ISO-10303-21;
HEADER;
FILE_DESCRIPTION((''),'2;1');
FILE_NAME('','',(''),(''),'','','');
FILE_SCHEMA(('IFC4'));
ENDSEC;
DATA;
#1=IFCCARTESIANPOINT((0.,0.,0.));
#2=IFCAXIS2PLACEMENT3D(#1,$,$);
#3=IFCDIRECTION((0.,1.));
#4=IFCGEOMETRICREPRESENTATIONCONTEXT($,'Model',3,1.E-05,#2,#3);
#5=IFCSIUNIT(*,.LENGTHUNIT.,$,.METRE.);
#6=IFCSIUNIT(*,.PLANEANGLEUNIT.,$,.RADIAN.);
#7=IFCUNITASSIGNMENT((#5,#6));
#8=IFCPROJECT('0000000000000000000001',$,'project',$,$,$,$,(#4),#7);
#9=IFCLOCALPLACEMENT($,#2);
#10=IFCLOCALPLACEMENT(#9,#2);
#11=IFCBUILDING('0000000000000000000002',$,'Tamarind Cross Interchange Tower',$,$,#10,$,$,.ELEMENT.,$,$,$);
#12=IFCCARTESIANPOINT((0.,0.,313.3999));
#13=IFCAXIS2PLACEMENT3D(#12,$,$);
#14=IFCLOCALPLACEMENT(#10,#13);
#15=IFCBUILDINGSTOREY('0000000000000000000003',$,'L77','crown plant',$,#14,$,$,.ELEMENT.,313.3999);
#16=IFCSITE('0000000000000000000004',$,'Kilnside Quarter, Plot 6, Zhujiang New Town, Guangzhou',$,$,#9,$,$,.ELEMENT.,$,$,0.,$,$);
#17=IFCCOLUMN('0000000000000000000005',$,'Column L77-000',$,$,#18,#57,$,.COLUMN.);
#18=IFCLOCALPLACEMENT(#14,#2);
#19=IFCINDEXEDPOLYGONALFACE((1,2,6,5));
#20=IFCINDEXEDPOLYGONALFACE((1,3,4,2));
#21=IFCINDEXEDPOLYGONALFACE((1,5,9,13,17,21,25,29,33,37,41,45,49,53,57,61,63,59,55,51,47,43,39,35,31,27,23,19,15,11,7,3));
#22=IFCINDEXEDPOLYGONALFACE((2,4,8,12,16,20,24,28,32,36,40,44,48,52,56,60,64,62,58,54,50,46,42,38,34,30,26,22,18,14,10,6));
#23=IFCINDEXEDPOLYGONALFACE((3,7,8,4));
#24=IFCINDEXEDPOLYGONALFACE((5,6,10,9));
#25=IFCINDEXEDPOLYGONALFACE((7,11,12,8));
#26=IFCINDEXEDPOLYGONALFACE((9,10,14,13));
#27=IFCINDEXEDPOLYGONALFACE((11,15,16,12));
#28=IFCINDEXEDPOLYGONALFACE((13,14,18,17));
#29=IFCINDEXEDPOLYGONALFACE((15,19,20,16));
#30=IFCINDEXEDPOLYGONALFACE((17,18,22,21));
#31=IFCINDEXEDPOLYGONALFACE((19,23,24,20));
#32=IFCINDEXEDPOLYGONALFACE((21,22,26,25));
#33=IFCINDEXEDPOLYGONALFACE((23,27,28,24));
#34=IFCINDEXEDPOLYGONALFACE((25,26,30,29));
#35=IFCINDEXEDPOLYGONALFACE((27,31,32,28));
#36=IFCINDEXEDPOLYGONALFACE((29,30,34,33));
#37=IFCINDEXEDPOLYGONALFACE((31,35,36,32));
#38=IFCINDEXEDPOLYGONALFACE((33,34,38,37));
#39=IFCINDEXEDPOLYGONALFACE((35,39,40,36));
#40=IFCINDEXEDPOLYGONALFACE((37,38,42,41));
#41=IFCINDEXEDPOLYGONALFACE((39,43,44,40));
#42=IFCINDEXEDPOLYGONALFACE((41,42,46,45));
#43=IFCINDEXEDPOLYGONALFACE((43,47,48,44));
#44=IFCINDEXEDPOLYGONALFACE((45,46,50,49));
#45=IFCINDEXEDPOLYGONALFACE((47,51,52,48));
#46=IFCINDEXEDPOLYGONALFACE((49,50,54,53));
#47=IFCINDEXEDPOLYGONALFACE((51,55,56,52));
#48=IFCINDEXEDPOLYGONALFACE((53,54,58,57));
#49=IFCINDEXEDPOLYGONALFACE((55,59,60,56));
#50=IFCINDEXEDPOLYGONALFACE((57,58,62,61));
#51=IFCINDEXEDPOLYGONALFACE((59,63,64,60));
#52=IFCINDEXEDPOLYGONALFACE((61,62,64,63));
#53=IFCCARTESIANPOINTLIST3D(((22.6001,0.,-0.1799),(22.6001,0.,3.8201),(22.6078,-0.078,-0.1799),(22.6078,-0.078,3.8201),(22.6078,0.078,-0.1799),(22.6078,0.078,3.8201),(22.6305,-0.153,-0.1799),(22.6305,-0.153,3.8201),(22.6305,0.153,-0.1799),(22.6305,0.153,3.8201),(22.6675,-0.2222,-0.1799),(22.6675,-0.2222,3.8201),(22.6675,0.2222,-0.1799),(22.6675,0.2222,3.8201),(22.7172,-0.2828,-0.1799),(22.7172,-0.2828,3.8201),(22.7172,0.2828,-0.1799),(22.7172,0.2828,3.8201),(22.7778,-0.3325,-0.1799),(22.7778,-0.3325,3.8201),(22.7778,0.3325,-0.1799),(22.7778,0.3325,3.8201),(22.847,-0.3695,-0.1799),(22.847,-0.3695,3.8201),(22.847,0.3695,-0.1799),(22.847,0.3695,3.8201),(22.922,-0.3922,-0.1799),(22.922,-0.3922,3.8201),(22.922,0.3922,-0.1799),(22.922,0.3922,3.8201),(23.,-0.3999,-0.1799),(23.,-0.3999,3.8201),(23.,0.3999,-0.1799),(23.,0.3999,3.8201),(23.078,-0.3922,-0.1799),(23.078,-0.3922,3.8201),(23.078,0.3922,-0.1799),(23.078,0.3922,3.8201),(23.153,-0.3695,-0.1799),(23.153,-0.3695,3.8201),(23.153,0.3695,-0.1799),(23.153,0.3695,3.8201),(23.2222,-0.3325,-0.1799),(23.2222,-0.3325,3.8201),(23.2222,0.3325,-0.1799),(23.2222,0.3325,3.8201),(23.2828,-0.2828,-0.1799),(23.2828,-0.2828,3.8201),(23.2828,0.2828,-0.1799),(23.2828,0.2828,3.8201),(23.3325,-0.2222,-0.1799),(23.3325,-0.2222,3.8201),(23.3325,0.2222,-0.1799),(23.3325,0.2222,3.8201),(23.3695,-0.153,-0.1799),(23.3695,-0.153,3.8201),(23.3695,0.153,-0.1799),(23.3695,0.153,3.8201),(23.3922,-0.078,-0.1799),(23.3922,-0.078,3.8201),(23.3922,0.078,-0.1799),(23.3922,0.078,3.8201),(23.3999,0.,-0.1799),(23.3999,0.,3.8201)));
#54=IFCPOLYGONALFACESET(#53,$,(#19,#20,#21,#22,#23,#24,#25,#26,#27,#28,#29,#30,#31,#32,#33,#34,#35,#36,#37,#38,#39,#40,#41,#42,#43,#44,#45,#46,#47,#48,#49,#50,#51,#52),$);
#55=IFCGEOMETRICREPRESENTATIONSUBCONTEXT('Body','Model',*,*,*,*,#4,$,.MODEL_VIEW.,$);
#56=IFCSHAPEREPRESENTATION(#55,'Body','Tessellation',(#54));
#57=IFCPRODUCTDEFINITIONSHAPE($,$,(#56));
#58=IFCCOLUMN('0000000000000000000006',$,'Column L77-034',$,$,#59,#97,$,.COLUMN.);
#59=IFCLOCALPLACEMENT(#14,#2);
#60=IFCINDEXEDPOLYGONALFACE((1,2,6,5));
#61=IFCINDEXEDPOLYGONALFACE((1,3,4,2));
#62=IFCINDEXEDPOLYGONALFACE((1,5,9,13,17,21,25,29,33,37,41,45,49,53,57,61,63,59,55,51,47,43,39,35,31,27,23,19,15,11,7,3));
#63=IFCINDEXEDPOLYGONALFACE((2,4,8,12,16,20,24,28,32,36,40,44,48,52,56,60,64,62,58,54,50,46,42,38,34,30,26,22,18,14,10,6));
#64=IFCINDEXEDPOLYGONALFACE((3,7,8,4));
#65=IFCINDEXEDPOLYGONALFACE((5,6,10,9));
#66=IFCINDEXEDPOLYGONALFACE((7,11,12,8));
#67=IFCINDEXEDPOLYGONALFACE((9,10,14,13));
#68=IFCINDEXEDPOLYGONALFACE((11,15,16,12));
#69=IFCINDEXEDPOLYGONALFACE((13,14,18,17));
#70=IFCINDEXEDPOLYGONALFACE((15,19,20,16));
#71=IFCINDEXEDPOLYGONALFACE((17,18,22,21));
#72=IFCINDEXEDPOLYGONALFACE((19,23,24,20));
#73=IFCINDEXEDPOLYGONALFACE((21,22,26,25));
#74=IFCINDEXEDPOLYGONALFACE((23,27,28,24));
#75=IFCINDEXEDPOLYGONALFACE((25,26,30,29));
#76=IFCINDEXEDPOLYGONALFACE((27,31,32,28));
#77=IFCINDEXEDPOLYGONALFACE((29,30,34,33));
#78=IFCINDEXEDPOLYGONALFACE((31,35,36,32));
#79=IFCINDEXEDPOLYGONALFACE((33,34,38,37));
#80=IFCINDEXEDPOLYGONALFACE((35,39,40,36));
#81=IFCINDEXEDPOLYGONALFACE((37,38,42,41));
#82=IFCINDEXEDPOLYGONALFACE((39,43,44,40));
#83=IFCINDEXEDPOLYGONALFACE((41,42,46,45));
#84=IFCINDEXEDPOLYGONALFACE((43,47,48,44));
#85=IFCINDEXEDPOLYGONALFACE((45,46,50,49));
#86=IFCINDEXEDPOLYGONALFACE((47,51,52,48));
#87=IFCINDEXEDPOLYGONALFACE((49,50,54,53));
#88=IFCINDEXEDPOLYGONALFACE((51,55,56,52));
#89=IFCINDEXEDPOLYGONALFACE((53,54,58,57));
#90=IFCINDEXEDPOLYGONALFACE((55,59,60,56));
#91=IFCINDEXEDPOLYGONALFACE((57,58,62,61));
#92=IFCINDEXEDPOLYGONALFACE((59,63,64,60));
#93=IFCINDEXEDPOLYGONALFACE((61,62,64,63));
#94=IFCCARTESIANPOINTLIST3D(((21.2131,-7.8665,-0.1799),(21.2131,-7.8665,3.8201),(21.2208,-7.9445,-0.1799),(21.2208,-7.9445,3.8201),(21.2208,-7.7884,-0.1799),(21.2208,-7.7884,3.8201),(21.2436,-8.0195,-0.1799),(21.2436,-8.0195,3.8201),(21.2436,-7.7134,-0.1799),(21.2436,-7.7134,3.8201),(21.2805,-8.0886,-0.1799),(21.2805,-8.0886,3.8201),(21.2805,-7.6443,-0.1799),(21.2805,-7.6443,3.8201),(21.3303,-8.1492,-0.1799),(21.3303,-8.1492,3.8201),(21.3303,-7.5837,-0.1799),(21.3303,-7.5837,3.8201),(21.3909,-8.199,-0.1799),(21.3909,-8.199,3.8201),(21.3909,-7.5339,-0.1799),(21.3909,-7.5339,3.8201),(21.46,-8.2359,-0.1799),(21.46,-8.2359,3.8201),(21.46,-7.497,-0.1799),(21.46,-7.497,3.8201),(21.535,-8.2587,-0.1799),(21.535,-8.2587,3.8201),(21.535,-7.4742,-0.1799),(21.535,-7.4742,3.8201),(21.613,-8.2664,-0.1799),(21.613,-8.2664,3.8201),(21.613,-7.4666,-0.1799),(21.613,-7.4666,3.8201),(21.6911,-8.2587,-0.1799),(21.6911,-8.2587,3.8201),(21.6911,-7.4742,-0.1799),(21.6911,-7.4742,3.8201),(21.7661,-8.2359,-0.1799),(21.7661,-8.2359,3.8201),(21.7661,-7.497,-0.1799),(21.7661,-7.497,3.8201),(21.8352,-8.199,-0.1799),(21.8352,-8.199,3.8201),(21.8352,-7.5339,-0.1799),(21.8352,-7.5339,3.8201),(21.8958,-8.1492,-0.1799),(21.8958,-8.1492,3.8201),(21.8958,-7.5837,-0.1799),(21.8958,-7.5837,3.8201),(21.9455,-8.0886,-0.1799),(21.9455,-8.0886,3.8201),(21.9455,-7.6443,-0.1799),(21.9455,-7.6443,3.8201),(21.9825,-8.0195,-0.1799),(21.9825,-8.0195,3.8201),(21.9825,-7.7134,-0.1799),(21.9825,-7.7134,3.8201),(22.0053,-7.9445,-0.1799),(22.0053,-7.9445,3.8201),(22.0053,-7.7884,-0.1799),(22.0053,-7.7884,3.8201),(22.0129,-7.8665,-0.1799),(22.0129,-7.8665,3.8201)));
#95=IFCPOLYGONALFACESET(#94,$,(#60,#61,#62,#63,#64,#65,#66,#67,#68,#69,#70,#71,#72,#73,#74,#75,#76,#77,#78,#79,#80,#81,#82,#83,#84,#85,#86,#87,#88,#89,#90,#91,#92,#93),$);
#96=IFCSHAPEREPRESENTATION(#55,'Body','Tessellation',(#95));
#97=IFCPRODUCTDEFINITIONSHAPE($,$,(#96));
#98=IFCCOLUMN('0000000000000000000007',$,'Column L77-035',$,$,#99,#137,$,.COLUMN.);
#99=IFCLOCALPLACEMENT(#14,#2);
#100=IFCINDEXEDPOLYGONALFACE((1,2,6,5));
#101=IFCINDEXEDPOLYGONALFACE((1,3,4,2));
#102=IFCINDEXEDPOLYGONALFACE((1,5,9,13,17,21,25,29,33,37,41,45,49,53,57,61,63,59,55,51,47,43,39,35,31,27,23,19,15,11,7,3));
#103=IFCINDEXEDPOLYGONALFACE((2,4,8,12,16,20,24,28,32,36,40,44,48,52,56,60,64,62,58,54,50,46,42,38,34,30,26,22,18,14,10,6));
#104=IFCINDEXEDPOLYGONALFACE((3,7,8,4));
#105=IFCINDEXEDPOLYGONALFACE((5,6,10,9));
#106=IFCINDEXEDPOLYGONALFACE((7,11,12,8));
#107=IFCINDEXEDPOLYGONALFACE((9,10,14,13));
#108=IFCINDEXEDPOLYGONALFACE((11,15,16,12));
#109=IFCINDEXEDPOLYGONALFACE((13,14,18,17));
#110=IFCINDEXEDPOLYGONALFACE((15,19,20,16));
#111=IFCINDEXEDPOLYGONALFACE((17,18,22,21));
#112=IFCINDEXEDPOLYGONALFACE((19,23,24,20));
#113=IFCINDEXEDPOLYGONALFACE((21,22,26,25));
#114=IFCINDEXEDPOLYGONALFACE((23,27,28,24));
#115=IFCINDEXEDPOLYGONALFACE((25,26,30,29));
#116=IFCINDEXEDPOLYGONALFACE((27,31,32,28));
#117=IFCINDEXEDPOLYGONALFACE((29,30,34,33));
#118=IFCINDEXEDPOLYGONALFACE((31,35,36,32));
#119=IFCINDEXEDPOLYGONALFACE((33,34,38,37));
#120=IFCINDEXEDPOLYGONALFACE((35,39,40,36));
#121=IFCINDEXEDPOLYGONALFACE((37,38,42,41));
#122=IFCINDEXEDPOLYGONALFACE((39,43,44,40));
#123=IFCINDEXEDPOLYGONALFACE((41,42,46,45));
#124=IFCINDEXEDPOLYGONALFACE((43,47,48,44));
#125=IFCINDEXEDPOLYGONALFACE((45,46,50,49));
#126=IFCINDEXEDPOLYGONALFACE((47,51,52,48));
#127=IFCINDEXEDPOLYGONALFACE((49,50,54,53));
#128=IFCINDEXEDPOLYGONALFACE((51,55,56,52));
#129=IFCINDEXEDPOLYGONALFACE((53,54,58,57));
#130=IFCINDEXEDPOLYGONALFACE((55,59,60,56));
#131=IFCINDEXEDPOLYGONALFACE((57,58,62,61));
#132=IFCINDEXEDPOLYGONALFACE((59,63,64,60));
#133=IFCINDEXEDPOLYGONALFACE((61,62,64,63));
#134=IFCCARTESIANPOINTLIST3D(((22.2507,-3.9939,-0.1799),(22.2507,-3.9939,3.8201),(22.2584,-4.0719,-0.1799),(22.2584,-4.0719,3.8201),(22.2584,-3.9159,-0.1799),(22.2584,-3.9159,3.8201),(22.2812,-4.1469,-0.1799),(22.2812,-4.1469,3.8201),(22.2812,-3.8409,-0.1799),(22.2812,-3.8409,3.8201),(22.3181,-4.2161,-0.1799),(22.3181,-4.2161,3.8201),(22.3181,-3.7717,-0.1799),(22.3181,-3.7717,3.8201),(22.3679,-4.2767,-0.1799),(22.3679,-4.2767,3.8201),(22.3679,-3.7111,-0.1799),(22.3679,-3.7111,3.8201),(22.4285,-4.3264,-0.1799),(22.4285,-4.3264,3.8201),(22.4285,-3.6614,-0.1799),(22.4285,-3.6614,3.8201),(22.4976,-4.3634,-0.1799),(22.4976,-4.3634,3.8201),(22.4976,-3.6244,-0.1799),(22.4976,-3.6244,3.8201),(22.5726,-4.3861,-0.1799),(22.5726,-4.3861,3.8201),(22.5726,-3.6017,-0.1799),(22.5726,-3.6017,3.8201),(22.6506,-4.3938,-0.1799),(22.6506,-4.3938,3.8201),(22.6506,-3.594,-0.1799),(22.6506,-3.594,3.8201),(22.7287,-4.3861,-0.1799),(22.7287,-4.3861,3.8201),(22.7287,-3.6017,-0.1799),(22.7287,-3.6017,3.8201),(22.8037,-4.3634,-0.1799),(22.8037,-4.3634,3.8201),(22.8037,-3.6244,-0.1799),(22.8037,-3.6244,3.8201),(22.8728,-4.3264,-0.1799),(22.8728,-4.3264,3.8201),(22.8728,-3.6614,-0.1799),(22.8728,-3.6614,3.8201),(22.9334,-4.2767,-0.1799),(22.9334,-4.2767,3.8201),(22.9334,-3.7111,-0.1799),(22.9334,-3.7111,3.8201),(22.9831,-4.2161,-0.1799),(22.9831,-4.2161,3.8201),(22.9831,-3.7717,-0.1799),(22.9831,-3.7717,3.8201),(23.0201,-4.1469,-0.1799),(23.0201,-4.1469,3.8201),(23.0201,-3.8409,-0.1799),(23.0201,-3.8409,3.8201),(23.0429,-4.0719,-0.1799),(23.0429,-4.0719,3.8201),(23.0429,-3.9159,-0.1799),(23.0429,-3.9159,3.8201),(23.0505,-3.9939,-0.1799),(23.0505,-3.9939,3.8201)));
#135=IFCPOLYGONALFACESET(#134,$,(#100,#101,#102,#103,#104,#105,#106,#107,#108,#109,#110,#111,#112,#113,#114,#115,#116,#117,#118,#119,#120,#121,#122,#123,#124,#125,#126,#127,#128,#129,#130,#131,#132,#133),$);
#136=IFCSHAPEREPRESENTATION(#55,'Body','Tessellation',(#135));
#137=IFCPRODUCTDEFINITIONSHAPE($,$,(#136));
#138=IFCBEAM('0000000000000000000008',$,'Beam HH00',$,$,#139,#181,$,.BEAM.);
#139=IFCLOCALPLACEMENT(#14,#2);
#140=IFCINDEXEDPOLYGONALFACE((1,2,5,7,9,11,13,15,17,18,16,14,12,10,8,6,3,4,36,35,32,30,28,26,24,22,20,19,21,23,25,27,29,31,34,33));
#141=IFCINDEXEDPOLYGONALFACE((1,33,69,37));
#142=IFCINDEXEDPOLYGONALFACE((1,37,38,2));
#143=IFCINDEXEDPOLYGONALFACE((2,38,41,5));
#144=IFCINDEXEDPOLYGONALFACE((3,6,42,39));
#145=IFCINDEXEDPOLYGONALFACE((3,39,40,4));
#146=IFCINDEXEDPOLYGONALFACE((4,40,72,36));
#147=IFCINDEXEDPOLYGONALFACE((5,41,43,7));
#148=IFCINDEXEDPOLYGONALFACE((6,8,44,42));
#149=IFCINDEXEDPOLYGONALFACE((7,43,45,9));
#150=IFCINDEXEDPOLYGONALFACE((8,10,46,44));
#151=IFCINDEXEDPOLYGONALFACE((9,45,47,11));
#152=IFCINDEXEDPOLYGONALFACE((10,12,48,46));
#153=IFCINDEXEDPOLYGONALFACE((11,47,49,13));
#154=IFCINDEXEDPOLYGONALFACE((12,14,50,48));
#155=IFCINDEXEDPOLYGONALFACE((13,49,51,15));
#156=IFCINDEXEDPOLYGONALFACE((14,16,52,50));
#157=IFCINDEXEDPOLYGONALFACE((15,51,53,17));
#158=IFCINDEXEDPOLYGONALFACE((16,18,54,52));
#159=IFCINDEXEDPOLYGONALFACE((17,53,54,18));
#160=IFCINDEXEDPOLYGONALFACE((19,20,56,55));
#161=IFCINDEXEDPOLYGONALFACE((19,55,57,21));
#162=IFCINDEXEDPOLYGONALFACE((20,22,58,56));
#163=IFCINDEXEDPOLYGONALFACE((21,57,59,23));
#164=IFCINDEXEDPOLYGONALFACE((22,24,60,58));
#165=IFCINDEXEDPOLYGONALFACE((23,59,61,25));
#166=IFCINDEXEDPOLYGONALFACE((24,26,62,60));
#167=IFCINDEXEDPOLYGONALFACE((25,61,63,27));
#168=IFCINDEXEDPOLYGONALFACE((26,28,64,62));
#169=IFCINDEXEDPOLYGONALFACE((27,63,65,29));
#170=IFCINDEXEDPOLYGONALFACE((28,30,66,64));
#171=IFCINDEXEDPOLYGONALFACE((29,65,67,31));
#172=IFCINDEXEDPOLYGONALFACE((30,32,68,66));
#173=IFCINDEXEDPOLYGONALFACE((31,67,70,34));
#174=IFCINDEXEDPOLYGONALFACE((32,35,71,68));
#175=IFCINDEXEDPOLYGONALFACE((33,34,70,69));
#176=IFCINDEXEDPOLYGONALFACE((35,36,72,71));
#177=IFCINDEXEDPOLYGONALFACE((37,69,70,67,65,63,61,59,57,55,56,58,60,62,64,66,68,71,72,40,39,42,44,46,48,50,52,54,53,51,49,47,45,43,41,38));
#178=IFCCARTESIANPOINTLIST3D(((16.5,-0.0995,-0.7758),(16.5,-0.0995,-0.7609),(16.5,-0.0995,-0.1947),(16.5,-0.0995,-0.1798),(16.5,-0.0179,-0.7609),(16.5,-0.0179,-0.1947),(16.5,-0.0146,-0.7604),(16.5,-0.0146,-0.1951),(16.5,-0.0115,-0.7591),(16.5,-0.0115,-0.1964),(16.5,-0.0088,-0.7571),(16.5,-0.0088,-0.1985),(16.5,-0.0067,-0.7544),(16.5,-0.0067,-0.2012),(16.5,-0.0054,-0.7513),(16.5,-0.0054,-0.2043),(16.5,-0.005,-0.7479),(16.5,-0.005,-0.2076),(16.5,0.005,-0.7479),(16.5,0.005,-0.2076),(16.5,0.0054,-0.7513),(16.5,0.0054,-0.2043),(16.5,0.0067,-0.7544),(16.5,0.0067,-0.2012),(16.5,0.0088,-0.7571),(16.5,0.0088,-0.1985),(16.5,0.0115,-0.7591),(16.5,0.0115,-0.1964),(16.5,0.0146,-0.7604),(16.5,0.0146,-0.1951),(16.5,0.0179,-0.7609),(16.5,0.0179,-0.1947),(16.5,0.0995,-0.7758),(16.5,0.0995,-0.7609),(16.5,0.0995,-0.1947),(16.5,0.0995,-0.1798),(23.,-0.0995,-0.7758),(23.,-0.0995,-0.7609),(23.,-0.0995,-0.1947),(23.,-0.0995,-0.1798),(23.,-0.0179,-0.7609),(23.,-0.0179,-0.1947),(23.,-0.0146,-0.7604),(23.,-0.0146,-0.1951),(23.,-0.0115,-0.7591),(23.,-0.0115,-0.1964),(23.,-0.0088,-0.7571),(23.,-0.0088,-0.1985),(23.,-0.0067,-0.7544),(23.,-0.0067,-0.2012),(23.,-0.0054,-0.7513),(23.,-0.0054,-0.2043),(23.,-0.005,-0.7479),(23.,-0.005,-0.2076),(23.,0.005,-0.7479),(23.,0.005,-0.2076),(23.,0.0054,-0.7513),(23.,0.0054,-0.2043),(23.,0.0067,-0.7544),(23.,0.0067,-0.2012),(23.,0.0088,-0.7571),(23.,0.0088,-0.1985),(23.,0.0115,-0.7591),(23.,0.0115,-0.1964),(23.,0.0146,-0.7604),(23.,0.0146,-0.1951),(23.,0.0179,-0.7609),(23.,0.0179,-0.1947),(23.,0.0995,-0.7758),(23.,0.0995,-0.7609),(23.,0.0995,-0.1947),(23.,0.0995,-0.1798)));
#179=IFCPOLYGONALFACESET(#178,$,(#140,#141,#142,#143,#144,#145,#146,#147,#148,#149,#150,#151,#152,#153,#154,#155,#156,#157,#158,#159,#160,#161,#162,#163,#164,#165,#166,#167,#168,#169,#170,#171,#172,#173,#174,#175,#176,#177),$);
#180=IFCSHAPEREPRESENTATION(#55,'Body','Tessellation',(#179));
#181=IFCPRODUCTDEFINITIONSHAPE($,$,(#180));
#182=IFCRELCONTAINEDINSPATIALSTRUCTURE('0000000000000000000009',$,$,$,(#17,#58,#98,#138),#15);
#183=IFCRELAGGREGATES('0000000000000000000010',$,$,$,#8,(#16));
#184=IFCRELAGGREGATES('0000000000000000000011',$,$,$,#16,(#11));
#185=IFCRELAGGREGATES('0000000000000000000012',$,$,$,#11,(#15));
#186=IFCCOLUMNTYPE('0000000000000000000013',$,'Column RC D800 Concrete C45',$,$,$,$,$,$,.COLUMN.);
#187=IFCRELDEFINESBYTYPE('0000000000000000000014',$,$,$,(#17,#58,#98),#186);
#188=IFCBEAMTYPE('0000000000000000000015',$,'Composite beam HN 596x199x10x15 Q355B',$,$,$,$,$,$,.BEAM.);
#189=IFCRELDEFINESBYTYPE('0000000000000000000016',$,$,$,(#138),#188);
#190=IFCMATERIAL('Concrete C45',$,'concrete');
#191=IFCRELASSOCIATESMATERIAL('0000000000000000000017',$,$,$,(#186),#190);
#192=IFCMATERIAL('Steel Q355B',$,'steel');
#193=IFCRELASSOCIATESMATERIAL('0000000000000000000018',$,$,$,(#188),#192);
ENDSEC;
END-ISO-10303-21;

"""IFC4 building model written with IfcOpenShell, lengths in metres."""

from ifc_helpers import new_model, si_unit, direction, frame, origin, origin_2d, place, context, subcontext, project, spatial, circle, i_section, extrude, material, material_profile, profile_set, type_object, element, save


model = new_model("IFC4")

# Units and contexts
model_context = context("Model", 3, precision=1e-05, world=origin(), true_north=direction((0.0, 1.0)))
body_context = subcontext(model_context, "Body", "Model", "MODEL_VIEW")
ifc_project = project(units=[si_unit("LENGTHUNIT", "METRE"), si_unit("PLANEANGLEUNIT", "RADIAN")], contexts=[model_context])

# Site, building, storey
site_placement = place(None, origin())
site = spatial("IfcSite", under=ifc_project, at=site_placement, Name="Kilnside Quarter, Plot 6, Zhujiang New Town, Guangzhou", CompositionType="ELEMENT", RefElevation=0.0)
building_placement = place(site_placement, origin())
building = spatial("IfcBuilding", under=site, at=building_placement, Name="Tamarind Cross Interchange Tower", CompositionType="ELEMENT")
storey_placement = place(building_placement, frame((0.0, 0.0, 313.3999)))
storey = spatial("IfcBuildingStorey", under=building, at=storey_placement, Name="L77", Description="crown plant", CompositionType="ELEMENT", Elevation=313.3999)

# Columns
ifc_material_1 = material(Name="Concrete C45", Category="concrete")
ifc_material_profile_1 = material_profile(ifc_material_1, circle(Radius=0.3999, at=origin_2d()), Name="RC D800")
ifc_profile_set_1 = profile_set([ifc_material_profile_1], Name="Concrete C45")
column_type = type_object("IfcColumnType", Name="Column RC D800 Concrete C45", PredefinedType="COLUMN", material=ifc_profile_set_1)
for number, where, z_axis, x_axis, name in (
    (1, (23.0, 0.0, -0.1799), (0.0, 0.0, 1.0), (1.0, 0.0, 0.0), "Column L77-000"),
    (2, (21.613, -7.8665, -0.1799), (0.0, 0.0, 1.0), (1.0, 0.0, 0.0), "Column L77-034"),
    (3, (22.6506, -3.9939, -0.1799), (0.0, 0.0, 1.0), (1.0, 0.0, 0.0), "Column L77-035"),
):
    element("IfcColumn", number, at=place(storey_placement, frame(where, z_axis=z_axis, x_axis=x_axis)), inside=storey, type_object=column_type, Name=name, PredefinedType="COLUMN", context=body_context, shape_type="SweptSolid", body=[
        extrude(circle(Radius=0.3999, at=origin_2d()), origin(), (0.0, 0.0, 1.0), 4.0),
    ])

# Beam
ifc_material_2 = material(Name="Steel Q355B", Category="steel")
ifc_material_profile_2 = material_profile(ifc_material_2, i_section(OverallWidth=0.199, OverallDepth=0.5959, WebThickness=0.01, FlangeThickness=0.0149, FilletRadius=0.0129, at=origin_2d()), Name="HN 596x199x10x15")
ifc_profile_set_2 = profile_set([ifc_material_profile_2], Name="Steel Q355B")
beam_type = type_object("IfcBeamType", Name="Composite beam HN 596x199x10x15 Q355B", PredefinedType="BEAM", material=ifc_profile_set_2)
beam_1_placement = place(storey_placement, frame((23.0, 0.0, -0.4778), z_axis=(-1.0, 0.0, 0.0), x_axis=(0.0, -1.0, 0.0)))
element("IfcBeam", 4, at=beam_1_placement, inside=storey, type_object=beam_type, Name="Beam HH00", PredefinedType="BEAM", context=body_context, shape_type="SweptSolid", body=[
    extrude(i_section(OverallWidth=0.199, OverallDepth=0.5959, WebThickness=0.01, FlangeThickness=0.0149, FilletRadius=0.0129, at=origin_2d()), origin(), (0.0, 0.0, 1.0), 6.5),
])

save(model, "model.ifc")
